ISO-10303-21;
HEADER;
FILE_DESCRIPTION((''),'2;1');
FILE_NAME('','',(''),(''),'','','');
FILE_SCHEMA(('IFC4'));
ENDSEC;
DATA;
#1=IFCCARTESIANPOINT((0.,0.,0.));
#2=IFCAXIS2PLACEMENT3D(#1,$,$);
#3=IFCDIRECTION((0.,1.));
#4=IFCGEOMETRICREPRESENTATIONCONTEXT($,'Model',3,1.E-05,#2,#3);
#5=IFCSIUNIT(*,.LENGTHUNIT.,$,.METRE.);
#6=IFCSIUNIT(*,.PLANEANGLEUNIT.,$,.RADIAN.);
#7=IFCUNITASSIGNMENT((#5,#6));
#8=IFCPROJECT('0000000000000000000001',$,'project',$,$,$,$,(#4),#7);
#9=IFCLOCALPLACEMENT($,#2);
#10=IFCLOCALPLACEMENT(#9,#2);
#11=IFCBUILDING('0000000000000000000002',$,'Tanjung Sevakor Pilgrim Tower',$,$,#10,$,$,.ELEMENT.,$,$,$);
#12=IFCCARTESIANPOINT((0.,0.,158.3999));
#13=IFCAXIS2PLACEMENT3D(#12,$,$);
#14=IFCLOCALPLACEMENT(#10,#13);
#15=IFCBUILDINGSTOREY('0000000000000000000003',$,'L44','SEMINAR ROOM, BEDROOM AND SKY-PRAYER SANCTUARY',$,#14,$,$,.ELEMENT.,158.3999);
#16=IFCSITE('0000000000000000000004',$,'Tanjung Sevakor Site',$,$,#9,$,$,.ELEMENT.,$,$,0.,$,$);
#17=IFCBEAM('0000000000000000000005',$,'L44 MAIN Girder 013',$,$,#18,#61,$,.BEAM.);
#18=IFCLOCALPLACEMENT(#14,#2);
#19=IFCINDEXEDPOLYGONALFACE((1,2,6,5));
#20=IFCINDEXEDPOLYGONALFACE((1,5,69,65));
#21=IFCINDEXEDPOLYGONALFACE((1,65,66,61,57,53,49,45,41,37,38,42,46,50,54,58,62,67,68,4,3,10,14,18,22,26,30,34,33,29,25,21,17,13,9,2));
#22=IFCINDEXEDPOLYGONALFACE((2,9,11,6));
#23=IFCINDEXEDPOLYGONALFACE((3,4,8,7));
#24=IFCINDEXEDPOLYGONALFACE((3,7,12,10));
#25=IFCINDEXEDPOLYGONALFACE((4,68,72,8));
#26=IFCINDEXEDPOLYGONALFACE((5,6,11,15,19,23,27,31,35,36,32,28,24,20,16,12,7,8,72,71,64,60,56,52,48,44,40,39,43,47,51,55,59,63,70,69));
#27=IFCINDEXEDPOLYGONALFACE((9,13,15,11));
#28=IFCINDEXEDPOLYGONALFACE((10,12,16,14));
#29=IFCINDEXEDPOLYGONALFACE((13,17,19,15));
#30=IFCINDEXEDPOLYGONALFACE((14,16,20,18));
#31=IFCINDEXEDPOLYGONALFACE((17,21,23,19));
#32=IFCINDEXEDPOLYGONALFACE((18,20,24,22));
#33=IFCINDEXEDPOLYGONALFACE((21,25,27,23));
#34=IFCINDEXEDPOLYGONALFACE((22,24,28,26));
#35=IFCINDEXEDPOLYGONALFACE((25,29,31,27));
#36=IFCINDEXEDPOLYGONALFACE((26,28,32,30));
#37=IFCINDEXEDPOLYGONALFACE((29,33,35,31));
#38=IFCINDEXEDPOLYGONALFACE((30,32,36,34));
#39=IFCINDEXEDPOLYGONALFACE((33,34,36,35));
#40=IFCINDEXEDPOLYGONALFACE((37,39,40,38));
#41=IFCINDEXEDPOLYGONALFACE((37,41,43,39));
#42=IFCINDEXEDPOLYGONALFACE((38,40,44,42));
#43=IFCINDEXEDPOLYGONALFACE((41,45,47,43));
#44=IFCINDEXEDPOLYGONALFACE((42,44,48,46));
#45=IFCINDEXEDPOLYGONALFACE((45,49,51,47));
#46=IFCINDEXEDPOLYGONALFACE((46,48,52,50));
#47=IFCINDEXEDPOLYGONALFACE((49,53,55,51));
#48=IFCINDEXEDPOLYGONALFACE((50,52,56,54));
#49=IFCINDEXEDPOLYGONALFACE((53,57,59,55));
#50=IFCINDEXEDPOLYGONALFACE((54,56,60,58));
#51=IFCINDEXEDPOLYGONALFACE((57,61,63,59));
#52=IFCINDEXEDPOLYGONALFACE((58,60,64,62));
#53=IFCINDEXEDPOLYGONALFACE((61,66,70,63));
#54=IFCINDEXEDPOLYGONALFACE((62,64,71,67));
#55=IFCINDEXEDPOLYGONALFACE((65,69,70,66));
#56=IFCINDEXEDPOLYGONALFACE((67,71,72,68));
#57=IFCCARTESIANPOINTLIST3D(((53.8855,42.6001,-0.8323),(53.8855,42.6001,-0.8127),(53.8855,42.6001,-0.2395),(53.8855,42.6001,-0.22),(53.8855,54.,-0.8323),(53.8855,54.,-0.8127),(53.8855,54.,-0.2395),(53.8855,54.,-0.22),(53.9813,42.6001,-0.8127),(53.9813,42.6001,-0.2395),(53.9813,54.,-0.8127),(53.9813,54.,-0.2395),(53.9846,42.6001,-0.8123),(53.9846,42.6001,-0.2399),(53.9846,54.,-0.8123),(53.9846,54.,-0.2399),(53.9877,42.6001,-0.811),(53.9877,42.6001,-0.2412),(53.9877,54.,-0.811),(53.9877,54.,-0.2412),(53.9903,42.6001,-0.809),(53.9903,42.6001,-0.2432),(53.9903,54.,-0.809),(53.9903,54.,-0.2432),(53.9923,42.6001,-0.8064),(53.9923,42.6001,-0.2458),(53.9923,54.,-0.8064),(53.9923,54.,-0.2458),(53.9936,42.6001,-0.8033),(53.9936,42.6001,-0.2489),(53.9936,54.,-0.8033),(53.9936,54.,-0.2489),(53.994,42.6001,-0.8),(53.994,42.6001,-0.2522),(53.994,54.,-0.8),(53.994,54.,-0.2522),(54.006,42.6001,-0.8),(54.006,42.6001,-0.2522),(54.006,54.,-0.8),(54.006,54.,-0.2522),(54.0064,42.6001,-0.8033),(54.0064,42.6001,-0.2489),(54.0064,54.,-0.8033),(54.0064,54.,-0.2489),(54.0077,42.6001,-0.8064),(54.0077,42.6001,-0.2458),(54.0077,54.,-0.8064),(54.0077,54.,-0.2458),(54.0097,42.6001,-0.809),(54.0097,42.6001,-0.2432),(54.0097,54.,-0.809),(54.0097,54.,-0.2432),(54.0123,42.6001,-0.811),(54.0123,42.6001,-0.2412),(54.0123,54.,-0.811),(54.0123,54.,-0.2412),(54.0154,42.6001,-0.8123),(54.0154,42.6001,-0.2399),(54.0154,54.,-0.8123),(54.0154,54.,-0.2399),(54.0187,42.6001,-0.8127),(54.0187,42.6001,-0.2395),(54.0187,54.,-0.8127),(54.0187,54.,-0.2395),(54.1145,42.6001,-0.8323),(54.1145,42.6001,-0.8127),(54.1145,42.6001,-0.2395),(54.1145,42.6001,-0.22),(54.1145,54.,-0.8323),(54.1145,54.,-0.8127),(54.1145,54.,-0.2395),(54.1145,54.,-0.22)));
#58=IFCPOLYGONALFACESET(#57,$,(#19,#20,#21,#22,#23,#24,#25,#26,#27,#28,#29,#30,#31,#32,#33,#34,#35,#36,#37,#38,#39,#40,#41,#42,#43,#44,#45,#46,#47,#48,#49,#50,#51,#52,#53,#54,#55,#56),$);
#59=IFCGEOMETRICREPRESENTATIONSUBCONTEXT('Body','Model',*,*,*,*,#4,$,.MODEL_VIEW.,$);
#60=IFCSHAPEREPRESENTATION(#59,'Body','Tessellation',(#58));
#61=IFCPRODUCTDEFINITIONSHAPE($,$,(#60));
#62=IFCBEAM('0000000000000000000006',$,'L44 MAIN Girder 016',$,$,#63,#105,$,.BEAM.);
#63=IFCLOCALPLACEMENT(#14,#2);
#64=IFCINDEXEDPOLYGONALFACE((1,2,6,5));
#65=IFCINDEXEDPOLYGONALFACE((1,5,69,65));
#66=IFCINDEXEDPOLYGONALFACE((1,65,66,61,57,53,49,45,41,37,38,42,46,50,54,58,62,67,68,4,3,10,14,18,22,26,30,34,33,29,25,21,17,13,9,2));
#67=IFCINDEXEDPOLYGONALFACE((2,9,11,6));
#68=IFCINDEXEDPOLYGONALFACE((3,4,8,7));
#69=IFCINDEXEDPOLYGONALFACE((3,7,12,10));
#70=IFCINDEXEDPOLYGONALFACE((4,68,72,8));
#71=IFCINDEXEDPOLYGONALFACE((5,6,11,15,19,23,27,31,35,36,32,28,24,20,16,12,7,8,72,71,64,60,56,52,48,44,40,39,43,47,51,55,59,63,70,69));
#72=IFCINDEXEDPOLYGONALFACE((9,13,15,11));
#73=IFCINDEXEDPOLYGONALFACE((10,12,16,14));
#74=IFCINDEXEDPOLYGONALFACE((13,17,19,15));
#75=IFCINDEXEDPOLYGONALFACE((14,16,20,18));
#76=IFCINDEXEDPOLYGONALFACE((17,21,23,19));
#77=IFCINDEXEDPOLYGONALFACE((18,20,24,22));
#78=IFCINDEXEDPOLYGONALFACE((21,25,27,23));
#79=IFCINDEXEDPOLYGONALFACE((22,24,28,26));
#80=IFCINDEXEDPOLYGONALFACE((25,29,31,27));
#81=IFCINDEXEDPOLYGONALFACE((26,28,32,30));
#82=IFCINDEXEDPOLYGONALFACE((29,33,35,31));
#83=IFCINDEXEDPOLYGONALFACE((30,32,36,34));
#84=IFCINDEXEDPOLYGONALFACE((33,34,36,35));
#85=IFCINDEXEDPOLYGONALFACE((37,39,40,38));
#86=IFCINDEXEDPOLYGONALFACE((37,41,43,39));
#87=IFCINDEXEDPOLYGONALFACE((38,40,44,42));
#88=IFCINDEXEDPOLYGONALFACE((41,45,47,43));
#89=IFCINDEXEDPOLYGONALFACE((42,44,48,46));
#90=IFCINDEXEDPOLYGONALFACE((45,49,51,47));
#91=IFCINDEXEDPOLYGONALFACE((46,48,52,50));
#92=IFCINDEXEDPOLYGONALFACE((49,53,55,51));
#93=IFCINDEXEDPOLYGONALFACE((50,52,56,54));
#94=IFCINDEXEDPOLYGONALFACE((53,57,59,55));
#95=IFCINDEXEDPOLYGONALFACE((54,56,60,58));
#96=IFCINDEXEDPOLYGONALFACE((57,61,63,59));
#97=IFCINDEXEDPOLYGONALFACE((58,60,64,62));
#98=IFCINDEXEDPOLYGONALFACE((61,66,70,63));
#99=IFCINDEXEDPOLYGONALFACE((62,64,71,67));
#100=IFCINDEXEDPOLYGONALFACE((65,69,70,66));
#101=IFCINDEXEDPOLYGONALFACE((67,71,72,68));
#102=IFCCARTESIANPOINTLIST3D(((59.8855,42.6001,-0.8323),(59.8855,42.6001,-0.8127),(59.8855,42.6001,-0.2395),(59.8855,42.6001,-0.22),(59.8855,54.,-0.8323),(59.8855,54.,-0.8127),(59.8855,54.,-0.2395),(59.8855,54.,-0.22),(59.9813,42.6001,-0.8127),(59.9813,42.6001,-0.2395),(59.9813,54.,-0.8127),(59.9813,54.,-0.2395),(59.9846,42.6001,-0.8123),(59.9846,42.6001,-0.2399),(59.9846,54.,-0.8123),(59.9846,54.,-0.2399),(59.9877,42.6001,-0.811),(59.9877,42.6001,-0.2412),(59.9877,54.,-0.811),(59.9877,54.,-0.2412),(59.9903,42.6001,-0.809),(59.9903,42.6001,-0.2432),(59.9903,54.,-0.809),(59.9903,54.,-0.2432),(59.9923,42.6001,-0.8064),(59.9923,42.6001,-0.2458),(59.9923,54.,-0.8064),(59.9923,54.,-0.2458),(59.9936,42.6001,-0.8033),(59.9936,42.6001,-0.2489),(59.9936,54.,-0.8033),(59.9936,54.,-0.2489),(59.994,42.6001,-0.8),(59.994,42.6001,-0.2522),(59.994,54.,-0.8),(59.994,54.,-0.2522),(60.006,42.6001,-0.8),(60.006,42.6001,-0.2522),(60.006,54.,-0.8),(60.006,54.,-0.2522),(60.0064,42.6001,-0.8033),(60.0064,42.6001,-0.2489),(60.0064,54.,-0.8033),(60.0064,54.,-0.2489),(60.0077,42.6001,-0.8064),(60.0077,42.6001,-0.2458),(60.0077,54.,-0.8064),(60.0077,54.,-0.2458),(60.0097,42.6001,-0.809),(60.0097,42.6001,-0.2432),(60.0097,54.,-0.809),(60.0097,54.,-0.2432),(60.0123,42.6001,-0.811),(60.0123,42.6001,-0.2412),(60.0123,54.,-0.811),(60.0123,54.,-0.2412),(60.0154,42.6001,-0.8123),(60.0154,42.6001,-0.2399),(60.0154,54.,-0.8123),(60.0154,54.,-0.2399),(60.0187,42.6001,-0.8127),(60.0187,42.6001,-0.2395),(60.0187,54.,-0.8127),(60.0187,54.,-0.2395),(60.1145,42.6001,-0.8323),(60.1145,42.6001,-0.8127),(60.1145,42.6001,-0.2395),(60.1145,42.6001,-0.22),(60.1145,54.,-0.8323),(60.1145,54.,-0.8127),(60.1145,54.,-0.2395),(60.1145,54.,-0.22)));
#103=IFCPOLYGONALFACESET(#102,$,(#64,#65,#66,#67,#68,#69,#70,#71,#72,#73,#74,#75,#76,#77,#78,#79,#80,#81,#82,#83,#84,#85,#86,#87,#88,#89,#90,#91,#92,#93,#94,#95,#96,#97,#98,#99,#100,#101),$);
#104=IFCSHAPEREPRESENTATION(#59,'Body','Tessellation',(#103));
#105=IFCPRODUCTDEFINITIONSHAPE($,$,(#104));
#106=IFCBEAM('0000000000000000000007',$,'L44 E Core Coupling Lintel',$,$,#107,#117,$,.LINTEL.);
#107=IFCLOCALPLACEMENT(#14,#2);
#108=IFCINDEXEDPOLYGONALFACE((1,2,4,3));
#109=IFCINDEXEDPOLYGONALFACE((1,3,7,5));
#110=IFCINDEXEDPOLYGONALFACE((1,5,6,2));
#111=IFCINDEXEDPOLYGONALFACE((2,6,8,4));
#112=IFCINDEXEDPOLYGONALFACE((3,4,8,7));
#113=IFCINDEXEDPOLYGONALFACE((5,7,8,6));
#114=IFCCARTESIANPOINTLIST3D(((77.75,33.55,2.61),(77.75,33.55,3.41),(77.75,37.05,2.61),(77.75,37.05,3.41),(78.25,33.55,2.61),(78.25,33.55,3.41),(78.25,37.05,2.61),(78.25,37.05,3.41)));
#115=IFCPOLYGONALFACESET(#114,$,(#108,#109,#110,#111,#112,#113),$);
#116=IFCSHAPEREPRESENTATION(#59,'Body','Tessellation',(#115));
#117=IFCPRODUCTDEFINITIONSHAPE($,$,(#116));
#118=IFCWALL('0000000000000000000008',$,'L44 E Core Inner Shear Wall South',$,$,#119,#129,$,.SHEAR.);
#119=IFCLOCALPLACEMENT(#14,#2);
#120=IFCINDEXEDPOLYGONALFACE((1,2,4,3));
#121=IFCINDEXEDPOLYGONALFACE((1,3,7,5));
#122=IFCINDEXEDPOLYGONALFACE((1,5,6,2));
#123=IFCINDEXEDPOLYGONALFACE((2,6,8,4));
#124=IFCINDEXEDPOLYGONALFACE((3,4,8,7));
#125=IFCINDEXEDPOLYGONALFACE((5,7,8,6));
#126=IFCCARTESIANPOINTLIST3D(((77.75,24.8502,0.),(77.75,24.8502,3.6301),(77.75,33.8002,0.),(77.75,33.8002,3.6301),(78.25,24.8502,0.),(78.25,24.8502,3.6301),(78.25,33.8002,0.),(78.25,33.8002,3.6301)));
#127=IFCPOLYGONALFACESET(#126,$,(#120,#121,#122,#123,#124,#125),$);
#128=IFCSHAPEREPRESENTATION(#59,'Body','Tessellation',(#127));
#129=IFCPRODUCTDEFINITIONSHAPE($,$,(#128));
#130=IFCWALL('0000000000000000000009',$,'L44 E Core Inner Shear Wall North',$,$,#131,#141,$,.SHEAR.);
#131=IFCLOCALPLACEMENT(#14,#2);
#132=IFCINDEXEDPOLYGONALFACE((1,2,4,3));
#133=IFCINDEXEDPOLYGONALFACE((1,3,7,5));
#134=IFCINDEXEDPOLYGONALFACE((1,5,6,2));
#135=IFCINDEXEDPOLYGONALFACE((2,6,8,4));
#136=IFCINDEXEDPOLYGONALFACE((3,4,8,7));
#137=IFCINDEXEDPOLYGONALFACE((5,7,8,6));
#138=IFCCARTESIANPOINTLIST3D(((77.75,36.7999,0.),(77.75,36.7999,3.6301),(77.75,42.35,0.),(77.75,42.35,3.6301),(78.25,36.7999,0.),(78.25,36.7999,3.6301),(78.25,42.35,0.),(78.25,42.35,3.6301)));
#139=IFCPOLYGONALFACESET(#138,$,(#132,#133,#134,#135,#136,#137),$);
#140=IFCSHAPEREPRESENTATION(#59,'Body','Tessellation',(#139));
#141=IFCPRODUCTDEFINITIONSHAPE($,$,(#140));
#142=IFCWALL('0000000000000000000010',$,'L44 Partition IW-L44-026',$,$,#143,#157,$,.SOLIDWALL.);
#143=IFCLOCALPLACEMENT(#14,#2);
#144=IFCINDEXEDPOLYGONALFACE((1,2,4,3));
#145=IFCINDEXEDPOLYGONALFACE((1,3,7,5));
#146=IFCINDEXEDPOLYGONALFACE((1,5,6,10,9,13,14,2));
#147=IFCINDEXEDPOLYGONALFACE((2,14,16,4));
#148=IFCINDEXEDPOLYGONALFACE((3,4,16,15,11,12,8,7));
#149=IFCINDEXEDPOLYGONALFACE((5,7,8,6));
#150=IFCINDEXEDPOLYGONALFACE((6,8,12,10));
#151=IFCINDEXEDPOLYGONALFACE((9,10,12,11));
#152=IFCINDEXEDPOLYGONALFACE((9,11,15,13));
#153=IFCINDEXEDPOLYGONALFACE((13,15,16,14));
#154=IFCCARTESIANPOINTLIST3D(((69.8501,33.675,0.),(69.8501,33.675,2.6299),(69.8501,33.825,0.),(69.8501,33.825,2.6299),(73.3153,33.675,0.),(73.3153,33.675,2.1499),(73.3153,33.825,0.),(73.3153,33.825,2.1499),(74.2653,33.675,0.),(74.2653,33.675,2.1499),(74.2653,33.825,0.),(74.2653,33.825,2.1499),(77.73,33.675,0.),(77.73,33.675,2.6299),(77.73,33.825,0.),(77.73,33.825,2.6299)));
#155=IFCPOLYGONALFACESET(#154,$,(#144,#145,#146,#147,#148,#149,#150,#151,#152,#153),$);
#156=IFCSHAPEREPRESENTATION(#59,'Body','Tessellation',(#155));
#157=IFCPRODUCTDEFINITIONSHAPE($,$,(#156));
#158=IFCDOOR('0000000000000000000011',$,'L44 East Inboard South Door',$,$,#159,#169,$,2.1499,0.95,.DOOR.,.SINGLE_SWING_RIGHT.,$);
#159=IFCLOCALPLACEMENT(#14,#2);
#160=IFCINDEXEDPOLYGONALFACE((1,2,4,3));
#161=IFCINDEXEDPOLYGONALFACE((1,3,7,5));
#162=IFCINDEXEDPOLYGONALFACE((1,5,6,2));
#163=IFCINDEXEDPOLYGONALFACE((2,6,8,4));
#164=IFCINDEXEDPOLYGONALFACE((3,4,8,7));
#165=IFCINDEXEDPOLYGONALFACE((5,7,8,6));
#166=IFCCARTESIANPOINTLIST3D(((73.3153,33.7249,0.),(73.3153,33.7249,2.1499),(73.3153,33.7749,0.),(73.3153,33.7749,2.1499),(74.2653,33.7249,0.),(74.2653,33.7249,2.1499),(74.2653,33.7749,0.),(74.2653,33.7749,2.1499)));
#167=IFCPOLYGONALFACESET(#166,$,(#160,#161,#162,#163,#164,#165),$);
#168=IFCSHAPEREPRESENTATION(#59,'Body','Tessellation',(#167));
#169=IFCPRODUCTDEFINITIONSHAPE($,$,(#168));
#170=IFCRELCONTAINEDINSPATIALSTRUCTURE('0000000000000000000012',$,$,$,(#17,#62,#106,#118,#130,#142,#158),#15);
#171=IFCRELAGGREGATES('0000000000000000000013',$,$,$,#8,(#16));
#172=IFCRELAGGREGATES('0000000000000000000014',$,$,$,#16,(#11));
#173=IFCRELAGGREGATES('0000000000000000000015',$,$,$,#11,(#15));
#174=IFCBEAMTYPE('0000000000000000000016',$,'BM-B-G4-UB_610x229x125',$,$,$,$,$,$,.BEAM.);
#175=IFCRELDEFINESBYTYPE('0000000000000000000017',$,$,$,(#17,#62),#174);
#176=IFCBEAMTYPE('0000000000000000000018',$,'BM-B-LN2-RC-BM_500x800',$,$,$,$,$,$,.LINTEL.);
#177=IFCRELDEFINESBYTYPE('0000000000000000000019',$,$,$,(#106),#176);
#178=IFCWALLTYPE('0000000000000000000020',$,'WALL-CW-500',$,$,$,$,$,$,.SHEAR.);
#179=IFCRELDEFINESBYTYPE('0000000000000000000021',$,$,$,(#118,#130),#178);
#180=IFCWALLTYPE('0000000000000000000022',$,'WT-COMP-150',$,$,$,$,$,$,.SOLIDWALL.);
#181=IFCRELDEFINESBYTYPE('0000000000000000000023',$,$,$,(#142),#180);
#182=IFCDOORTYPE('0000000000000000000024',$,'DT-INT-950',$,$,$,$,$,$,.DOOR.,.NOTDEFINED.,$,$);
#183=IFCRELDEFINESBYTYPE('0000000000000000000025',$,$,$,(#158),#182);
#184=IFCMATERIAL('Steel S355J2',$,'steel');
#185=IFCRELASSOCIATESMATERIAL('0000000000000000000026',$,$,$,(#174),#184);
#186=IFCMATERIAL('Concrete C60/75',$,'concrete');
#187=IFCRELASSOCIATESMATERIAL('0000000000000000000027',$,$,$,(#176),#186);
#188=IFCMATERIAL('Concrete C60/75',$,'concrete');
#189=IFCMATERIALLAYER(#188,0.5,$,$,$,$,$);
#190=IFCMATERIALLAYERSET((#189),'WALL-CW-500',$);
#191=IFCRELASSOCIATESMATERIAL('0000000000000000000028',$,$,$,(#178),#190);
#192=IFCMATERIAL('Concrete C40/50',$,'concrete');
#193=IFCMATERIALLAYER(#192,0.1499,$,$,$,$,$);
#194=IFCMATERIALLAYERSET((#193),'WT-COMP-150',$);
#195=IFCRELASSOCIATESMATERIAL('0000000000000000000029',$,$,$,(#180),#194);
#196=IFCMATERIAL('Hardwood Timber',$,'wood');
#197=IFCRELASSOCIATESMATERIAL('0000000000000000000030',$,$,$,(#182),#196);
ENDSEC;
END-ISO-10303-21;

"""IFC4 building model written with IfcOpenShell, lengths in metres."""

from ifc_helpers import new_model, si_unit, direction, frame, frame_2d, origin, origin_2d, place, context, subcontext, project, spatial, rectangle, i_section, extrude, material, layer, layer_set, material_profile, profile_set, type_object, element, fill, save


model = new_model("IFC4")

# Units and contexts
model_context = context("Model", 3, precision=1e-05, world=origin(), true_north=direction((0.0, 1.0)))
body_context = subcontext(model_context, "Body", "Model", "MODEL_VIEW")
ifc_project = project(units=[si_unit("LENGTHUNIT", "METRE"), si_unit("PLANEANGLEUNIT", "RADIAN")], contexts=[model_context])

# Site, building, storey
site_placement = place(None, origin())
site = spatial("IfcSite", under=ifc_project, at=site_placement, Name="Tanjung Sevakor Site", CompositionType="ELEMENT", RefElevation=0.0)
building_placement = place(site_placement, origin())
building = spatial("IfcBuilding", under=site, at=building_placement, Name="Tanjung Sevakor Pilgrim Tower", CompositionType="ELEMENT")
storey_placement = place(building_placement, frame((0.0, 0.0, 158.3999)))
storey = spatial("IfcBuildingStorey", under=building, at=storey_placement, Name="L44", Description="SEMINAR ROOM, BEDROOM AND SKY-PRAYER SANCTUARY", CompositionType="ELEMENT", Elevation=158.3999)

# Beams
ifc_material_1 = material(Name="Steel S355J2", Category="steel")
ifc_material_profile_1 = material_profile(ifc_material_1, i_section(OverallWidth=0.229, OverallDepth=0.6123, WebThickness=0.012, FlangeThickness=0.0195, FilletRadius=0.0127, at=origin_2d()))
ifc_profile_set_1 = profile_set([ifc_material_profile_1], Name="Steel S355J2")
beam_type_1 = type_object("IfcBeamType", Name="BM-B-G4-UB_610x229x125", PredefinedType="BEAM", material=ifc_profile_set_1)
for number, where, z_axis, x_axis, name in (
    (1, (54.0, 42.6001, -0.5261), (0.0, 1.0, 0.0), (-1.0, 0.0, 0.0), "L44 MAIN Girder 013"),
    (2, (60.0, 42.6001, -0.5261), (0.0, 1.0, 0.0), (-1.0, 0.0, 0.0), "L44 MAIN Girder 016"),
):
    element("IfcBeam", number, at=place(storey_placement, frame(where, z_axis=z_axis, x_axis=x_axis)), inside=storey, type_object=beam_type_1, Name=name, PredefinedType="BEAM", context=body_context, shape_type="SweptSolid", body=[
        extrude(i_section(OverallWidth=0.229, OverallDepth=0.6123, WebThickness=0.012, FlangeThickness=0.0195, FilletRadius=0.0127, at=origin_2d()), origin(), (0.0, 0.0, 1.0), 11.3999),
    ])
ifc_material_2 = material(Name="Concrete C60/75", Category="concrete")
ifc_material_profile_2 = material_profile(ifc_material_2, rectangle(XDim=0.5, YDim=0.8, at=origin_2d()))
ifc_profile_set_2 = profile_set([ifc_material_profile_2], Name="Concrete C60/75")
beam_type_2 = type_object("IfcBeamType", Name="BM-B-LN2-RC-BM_500x800", PredefinedType="LINTEL", material=ifc_profile_set_2)
beam_placement = place(storey_placement, frame((78.0, 33.55, 3.01), z_axis=(0.0, 1.0, 0.0), x_axis=(-1.0, 0.0, 0.0)))
element("IfcBeam", 3, at=beam_placement, inside=storey, type_object=beam_type_2, Name="L44 E Core Coupling Lintel", PredefinedType="LINTEL", context=body_context, shape_type="SweptSolid", body=[
    extrude(rectangle(XDim=0.5, YDim=0.8, at=origin_2d()), origin(), (0.0, 0.0, 1.0), 3.5),
])

# Walls
ifc_material_3 = material(Name="Concrete C60/75", Category="concrete")
ifc_layer_1 = layer(ifc_material_3, 0.5)
ifc_layer_set_1 = layer_set([ifc_layer_1], Name="WALL-CW-500")
wall_type_1 = type_object("IfcWallType", Name="WALL-CW-500", PredefinedType="SHEAR", material=ifc_layer_set_1)
wall_1_placement = place(storey_placement, frame((78.0, 24.8501, 0.0), z_axis=(0.0, 0.0, 1.0), x_axis=(0.0, 1.0, 0.0)))
element("IfcWall", 4, at=wall_1_placement, inside=storey, type_object=wall_type_1, Name="L44 E Core Inner Shear Wall South", PredefinedType="SHEAR", context=body_context, shape_type="SweptSolid", body=[
    extrude(rectangle(XDim=8.95, YDim=0.5, at=frame_2d((4.4751, 0.0))), origin(), (0.0, 0.0, 1.0), 3.6301),
])
wall_2_placement = place(storey_placement, frame((78.0, 36.8, 0.0), z_axis=(0.0, 0.0, 1.0), x_axis=(0.0, 1.0, 0.0)))
element("IfcWall", 5, at=wall_2_placement, inside=storey, type_object=wall_type_1, Name="L44 E Core Inner Shear Wall North", PredefinedType="SHEAR", context=body_context, shape_type="SweptSolid", body=[
    extrude(rectangle(XDim=5.55, YDim=0.5, at=frame_2d((2.7749, 0.0))), origin(), (0.0, 0.0, 1.0), 3.6301),
])

# Wall, opening, door
ifc_material_4 = material(Name="Concrete C40/50", Category="concrete")
ifc_layer_2 = layer(ifc_material_4, 0.1499)
ifc_layer_set_2 = layer_set([ifc_layer_2], Name="WT-COMP-150")
wall_type_2 = type_object("IfcWallType", Name="WT-COMP-150", PredefinedType="SOLIDWALL", material=ifc_layer_set_2)
wall_3_placement = place(storey_placement, frame((69.8501, 33.75, 0.0), z_axis=(0.0, 0.0, 1.0), x_axis=(1.0, 0.0, 0.0)))
wall_3 = element("IfcWall", 6, at=wall_3_placement, inside=storey, type_object=wall_type_2, Name="L44 Partition IW-L44-026", PredefinedType="SOLIDWALL", context=body_context, shape_type="SweptSolid", body=[
    extrude(rectangle(XDim=7.8799, YDim=0.1499, at=frame_2d((3.9399, 0.0))), origin(), (0.0, 0.0, 1.0), 2.6299),
])
opening_1_placement = place(wall_3_placement, frame((3.4651, 0.0, 0.0)))
opening_1 = element("IfcOpeningElement", 7, at=opening_1_placement, cuts=wall_3, PredefinedType="OPENING", context=body_context, shape_type="SweptSolid", body=[
    extrude(rectangle(XDim=0.95, YDim=2.1499, at=frame_2d((0.4751, 1.075))), frame((0.0, 0.085, 0.0), z_axis=(0.0, -1.0, 0.0), x_axis=(1.0, 0.0, 0.0)), (0.0, 0.0, 1.0), 0.1699),
])
ifc_material_5 = material(Name="Hardwood Timber", Category="wood")
door_type = type_object("IfcDoorType", Name="DT-INT-950", OperationType="NOTDEFINED", PredefinedType="DOOR", material=ifc_material_5)
door_1_placement = place(opening_1_placement, origin())
door_1 = element("IfcDoor", 8, at=door_1_placement, inside=storey, type_object=door_type, Name="L44 East Inboard South Door", OperationType="SINGLE_SWING_RIGHT", OverallHeight=2.1499, OverallWidth=0.95, PredefinedType="DOOR", context=body_context, shape_type="SweptSolid", body=[
    extrude(rectangle(XDim=0.95, YDim=2.1499, at=frame_2d((0.4751, 1.075))), frame((0.0, 0.0249, 0.0), z_axis=(0.0, -1.0, 0.0), x_axis=(1.0, 0.0, 0.0)), (0.0, 0.0, 1.0), 0.05),
])
fill(opening_1, door_1)

save(model, "model.ifc")
